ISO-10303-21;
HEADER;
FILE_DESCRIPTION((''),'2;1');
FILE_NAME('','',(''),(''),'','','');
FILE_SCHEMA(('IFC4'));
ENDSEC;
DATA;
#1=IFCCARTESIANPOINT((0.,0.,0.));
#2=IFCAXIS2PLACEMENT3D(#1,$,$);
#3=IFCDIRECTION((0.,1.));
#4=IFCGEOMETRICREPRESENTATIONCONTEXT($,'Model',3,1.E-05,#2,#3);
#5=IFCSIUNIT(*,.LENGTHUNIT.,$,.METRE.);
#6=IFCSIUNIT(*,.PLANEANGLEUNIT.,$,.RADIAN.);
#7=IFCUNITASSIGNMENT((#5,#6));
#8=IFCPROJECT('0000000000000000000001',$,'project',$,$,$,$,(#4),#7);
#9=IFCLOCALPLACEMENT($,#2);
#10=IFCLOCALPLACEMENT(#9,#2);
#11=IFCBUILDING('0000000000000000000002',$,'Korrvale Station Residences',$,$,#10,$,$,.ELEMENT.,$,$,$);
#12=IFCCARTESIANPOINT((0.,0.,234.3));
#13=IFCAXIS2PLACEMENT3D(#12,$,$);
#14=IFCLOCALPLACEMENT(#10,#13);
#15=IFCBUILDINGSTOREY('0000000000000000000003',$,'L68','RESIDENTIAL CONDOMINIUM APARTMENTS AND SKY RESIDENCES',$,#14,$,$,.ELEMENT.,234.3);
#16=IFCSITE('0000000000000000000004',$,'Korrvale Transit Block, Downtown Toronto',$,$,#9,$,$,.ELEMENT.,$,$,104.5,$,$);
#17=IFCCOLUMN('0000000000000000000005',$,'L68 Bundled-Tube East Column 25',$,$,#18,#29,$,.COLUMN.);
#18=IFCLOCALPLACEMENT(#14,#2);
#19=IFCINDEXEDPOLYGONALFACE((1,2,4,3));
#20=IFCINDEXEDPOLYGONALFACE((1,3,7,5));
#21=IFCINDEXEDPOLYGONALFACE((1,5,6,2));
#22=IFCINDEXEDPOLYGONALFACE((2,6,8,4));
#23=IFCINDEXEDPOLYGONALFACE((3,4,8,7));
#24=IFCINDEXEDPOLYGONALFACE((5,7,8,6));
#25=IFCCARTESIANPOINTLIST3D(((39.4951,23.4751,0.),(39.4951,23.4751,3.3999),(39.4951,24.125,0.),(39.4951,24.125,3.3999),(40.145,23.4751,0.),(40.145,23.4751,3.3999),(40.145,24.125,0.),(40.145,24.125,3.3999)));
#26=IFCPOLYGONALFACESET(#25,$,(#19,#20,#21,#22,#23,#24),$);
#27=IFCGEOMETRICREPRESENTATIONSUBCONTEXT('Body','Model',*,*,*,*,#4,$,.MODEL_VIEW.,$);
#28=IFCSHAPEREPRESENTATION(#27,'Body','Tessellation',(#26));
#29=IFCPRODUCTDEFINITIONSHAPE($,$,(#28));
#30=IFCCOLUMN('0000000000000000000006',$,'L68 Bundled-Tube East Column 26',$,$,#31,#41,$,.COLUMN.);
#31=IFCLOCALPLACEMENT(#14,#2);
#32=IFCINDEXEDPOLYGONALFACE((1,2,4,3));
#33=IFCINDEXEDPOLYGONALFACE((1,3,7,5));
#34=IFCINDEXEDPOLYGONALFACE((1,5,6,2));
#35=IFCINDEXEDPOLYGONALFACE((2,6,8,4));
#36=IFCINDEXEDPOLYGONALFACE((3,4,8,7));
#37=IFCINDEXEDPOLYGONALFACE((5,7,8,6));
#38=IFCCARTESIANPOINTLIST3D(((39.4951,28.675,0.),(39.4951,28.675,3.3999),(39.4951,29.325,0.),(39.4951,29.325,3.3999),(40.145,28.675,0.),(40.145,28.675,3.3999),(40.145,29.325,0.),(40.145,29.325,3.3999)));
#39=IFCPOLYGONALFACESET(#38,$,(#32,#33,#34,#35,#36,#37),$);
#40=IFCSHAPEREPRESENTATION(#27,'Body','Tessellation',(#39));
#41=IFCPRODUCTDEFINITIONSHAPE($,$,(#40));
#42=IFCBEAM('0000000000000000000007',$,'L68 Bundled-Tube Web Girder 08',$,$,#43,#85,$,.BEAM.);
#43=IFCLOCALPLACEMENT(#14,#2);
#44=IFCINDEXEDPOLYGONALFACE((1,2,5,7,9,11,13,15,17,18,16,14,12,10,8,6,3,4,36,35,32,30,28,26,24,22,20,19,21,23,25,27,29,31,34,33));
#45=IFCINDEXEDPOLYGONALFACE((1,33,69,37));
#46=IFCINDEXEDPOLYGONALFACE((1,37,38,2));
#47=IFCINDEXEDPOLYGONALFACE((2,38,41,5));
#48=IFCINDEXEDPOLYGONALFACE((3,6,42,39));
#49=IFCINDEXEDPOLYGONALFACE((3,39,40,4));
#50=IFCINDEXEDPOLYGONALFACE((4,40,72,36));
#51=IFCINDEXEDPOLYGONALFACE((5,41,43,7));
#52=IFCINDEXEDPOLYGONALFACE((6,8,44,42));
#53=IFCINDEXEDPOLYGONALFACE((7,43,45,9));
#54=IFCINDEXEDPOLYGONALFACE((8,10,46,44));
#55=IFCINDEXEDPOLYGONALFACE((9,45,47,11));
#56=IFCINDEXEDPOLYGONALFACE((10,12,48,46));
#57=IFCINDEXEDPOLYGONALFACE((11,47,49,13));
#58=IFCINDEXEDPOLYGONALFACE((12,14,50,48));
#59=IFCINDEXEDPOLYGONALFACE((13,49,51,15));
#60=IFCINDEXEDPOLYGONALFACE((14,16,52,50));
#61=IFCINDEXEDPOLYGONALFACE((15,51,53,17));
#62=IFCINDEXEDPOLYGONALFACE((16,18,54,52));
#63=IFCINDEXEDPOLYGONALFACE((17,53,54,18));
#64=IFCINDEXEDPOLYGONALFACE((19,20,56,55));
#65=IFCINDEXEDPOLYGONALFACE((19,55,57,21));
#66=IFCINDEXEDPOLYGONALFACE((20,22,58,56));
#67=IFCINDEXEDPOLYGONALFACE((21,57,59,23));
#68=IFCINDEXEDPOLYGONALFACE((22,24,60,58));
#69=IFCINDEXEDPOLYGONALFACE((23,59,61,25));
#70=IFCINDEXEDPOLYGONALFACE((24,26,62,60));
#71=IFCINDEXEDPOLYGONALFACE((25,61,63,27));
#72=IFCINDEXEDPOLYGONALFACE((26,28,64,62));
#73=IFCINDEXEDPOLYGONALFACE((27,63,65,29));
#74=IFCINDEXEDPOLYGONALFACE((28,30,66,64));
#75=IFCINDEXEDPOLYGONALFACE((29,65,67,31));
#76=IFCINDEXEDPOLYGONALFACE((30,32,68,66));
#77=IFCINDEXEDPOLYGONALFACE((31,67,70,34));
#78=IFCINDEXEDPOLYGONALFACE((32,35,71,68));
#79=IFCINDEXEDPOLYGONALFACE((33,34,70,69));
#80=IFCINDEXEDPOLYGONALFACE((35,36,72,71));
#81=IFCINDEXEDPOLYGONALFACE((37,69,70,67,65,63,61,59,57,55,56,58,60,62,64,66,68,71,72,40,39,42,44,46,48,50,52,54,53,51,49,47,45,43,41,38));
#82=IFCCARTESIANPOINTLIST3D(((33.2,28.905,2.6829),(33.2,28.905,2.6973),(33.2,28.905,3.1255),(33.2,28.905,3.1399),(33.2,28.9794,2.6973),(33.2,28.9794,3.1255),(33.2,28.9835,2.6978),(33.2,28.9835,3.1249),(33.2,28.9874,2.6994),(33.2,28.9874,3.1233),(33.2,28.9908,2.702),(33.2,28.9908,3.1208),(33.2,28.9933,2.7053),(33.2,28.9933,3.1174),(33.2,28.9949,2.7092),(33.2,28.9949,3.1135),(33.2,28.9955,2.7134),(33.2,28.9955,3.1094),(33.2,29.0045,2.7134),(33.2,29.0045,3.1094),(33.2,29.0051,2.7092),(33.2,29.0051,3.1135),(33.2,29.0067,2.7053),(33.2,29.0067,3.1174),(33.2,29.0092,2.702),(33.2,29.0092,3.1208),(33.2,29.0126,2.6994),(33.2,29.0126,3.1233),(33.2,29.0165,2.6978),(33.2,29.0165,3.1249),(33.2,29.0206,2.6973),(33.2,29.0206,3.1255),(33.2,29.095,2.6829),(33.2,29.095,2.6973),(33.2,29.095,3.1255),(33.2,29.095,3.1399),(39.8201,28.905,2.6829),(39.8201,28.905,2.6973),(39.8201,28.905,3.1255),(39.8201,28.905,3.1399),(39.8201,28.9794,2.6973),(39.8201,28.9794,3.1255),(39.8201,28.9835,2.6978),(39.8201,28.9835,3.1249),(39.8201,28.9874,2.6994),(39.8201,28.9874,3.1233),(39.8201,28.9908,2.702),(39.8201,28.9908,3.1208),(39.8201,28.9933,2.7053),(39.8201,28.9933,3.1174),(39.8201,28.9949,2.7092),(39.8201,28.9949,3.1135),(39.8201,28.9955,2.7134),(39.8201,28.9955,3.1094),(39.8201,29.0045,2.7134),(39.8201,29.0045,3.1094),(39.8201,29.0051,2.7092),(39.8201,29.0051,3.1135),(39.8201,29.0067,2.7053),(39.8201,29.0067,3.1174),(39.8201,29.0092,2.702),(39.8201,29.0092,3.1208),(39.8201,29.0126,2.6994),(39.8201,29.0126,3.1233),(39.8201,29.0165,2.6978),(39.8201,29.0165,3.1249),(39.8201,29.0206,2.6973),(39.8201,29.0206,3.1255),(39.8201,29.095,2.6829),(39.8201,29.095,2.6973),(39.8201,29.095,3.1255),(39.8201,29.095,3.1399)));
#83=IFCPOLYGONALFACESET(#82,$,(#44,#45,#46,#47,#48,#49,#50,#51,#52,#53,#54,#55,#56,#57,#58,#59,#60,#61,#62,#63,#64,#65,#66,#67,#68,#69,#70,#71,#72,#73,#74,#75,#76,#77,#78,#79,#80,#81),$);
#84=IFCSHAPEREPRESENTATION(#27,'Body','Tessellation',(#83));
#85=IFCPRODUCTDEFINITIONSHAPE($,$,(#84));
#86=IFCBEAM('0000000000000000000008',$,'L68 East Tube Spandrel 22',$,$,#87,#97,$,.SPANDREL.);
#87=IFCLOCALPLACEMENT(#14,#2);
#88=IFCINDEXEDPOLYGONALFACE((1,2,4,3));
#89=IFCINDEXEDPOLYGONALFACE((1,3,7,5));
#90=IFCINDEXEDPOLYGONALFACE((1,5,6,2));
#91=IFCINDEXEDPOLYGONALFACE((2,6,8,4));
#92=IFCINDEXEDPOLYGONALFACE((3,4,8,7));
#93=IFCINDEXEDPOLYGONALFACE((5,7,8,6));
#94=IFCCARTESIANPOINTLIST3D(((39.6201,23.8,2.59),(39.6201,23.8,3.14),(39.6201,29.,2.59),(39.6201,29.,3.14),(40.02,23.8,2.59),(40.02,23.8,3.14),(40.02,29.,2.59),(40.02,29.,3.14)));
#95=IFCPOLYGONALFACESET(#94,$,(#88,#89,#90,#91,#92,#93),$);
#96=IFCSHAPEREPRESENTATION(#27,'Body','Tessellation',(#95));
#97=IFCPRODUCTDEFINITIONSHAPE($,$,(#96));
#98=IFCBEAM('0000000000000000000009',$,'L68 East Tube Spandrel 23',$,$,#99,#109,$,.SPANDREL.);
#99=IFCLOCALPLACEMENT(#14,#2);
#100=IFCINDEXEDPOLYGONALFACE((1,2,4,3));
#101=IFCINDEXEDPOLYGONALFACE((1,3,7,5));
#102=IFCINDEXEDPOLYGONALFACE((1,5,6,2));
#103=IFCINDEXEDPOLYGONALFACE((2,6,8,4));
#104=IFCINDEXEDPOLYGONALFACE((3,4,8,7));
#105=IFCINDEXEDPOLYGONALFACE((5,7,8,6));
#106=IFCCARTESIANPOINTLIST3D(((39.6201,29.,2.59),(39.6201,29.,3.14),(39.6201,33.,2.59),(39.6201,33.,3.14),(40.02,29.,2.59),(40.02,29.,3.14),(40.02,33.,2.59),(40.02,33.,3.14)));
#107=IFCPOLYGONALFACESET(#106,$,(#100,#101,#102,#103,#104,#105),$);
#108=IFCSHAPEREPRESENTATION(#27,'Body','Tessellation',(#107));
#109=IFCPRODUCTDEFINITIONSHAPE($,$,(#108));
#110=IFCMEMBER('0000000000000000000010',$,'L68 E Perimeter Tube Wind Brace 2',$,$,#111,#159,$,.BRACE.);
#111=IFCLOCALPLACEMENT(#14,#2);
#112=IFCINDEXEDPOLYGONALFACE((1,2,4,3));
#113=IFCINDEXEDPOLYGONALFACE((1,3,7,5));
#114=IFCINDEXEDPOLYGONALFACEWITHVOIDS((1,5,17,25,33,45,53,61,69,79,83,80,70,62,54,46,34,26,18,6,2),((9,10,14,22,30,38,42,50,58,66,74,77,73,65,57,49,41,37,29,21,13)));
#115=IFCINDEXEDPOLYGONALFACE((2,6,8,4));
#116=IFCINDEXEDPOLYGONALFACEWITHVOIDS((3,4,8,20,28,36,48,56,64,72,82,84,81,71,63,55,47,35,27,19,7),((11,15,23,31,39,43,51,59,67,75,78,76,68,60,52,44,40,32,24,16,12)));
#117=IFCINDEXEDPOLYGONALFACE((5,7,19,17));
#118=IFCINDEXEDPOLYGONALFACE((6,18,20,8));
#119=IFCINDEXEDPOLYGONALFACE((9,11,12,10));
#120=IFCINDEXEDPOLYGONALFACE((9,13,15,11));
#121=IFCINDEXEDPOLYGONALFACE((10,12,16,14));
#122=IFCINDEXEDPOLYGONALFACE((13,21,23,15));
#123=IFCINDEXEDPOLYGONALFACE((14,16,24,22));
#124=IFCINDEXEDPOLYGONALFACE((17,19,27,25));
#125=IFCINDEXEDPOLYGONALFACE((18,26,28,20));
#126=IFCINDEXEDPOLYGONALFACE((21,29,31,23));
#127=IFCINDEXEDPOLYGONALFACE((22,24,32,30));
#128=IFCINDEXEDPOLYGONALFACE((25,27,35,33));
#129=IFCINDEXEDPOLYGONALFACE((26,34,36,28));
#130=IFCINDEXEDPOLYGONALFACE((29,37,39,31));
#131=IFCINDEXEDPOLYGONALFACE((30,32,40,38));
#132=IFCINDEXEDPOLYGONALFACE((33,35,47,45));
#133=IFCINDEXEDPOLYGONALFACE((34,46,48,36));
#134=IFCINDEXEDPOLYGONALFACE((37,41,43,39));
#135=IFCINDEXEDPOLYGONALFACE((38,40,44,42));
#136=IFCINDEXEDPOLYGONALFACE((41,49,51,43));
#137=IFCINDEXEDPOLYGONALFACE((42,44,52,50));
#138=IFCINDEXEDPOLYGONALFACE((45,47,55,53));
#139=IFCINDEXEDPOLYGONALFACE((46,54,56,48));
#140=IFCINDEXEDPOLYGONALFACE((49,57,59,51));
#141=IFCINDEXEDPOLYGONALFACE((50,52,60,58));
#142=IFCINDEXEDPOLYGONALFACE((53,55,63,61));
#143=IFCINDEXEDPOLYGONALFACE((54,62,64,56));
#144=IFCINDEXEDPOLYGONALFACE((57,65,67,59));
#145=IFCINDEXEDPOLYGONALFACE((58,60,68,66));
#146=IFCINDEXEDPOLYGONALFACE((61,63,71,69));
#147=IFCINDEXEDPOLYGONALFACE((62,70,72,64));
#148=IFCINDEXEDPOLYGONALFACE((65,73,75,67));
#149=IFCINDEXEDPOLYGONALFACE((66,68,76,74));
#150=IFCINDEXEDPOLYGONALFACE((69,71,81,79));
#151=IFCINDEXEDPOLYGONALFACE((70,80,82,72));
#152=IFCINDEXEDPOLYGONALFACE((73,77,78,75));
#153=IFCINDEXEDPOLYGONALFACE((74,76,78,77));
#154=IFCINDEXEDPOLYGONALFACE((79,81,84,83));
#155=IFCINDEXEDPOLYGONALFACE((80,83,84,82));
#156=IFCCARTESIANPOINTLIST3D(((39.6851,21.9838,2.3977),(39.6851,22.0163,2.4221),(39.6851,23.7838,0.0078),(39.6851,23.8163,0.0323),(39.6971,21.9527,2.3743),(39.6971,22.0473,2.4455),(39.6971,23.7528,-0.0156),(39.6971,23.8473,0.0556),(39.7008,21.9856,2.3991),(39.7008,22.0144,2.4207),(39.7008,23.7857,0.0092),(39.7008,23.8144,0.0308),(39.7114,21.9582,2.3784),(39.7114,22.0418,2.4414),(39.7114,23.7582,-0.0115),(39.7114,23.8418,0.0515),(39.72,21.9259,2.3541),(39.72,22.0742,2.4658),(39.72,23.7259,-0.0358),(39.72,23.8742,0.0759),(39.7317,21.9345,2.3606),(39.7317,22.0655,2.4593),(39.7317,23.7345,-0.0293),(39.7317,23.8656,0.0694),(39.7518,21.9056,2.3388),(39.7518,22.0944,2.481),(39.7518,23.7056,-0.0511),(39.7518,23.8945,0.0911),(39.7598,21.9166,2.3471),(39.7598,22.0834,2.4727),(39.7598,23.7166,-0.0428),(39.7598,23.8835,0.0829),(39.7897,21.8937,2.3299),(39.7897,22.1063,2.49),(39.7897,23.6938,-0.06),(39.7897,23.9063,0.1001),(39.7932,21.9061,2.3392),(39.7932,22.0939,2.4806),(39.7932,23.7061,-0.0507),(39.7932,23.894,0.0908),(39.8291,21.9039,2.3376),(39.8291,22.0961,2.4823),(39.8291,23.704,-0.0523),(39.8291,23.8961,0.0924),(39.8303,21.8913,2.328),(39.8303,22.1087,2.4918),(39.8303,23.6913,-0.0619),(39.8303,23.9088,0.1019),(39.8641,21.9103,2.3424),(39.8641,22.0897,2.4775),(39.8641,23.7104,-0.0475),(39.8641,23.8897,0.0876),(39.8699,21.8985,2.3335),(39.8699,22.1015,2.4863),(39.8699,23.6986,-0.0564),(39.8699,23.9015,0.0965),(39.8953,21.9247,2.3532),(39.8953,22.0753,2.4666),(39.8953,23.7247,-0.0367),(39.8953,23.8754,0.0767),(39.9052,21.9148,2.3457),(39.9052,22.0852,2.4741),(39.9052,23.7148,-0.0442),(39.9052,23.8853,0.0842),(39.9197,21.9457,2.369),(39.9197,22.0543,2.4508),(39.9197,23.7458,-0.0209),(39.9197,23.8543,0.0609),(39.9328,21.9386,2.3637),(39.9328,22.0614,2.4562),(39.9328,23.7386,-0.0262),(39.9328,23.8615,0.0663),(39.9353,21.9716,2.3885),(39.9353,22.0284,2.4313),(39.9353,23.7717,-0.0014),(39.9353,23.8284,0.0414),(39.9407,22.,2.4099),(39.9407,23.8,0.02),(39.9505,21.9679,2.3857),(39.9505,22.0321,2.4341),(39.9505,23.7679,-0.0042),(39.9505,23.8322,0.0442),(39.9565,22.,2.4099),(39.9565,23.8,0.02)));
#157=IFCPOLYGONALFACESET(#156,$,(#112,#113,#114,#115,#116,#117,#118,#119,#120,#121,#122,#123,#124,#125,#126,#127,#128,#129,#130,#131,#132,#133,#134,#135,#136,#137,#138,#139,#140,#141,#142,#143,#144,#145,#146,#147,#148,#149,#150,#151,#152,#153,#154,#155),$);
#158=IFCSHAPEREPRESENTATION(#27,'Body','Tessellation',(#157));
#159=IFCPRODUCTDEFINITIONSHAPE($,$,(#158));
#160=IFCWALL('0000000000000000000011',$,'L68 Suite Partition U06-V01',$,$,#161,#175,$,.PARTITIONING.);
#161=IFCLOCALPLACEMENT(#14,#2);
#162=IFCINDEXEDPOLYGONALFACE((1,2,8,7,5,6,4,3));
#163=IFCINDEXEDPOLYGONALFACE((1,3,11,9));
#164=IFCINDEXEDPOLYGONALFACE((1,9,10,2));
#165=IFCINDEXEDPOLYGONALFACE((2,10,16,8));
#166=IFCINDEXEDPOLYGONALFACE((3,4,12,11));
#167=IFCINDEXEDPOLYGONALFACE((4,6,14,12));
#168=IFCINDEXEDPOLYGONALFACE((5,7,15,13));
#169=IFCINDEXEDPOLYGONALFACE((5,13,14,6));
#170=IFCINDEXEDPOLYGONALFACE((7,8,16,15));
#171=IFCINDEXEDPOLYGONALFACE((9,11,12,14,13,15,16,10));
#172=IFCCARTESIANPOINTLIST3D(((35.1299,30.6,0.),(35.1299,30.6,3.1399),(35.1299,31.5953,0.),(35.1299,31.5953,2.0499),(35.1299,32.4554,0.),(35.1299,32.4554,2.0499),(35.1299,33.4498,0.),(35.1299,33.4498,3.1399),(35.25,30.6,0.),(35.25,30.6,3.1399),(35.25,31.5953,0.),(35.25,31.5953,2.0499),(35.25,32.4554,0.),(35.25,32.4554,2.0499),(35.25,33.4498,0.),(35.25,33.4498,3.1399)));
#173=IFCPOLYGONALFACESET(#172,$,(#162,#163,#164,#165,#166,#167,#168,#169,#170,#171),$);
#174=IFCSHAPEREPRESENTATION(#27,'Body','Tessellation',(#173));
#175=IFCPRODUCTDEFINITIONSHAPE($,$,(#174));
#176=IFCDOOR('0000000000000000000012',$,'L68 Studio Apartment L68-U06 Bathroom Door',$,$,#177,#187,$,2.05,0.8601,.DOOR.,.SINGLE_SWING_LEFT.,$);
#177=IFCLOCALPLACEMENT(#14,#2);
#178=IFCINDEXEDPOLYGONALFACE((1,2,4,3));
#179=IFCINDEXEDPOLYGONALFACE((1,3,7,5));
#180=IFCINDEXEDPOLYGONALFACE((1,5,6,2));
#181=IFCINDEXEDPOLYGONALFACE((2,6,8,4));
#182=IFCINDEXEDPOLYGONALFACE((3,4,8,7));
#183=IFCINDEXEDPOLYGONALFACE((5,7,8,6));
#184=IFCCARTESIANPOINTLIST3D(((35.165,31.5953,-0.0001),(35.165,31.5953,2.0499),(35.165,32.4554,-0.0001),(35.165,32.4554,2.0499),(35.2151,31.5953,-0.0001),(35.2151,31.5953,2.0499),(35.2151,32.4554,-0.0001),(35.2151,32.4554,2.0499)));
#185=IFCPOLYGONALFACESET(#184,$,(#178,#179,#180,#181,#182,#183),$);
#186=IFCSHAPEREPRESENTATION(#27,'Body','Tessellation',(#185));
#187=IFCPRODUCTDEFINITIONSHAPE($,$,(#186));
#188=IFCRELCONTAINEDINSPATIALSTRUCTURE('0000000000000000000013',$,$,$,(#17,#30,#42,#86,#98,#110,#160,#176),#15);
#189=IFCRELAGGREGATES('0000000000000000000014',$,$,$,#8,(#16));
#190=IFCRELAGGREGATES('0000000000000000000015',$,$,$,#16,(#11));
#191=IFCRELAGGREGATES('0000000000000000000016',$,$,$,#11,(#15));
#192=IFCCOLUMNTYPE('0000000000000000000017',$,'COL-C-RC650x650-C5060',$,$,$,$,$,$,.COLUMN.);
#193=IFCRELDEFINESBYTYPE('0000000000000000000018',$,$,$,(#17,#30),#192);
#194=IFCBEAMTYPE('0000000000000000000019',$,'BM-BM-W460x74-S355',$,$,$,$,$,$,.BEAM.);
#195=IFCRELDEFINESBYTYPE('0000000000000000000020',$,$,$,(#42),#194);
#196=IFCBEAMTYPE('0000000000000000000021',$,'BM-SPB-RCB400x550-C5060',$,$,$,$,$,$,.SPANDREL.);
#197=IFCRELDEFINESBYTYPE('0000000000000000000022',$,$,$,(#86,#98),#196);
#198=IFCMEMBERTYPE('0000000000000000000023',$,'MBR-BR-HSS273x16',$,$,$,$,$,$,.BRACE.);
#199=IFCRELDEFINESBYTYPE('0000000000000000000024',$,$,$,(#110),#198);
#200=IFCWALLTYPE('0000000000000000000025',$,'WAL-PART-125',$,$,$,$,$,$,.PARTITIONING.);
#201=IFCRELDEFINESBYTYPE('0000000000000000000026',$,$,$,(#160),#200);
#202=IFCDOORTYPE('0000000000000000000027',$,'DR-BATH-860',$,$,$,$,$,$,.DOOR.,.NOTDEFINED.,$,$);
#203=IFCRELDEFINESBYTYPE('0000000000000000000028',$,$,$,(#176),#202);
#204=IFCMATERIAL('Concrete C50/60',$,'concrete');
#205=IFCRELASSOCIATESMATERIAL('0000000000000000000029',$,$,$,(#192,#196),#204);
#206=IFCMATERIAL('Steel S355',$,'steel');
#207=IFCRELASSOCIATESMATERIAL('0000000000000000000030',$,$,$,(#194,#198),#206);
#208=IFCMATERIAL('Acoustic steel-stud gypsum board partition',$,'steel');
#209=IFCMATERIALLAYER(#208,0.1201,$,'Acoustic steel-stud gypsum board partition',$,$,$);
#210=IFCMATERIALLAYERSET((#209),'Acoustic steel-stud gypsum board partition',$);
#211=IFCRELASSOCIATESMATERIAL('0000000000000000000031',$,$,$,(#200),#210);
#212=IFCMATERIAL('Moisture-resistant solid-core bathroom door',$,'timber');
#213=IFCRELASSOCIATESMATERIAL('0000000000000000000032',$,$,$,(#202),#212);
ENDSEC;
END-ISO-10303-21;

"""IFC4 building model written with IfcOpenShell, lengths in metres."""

from ifc_helpers import new_model, si_unit, direction, frame, frame_2d, origin, origin_2d, place, context, subcontext, project, spatial, rectangle, hollow_circle, i_section, extrude, material, layer, layer_set, material_profile, profile_set, type_object, element, fill, save


model = new_model("IFC4")

# Units and contexts
model_context = context("Model", 3, precision=1e-05, world=origin(), true_north=direction((0.0, 1.0)))
body_context = subcontext(model_context, "Body", "Model", "MODEL_VIEW")
ifc_project = project(units=[si_unit("LENGTHUNIT", "METRE"), si_unit("PLANEANGLEUNIT", "RADIAN")], contexts=[model_context])

# Site, building, storey
site_placement = place(None, origin())
site = spatial("IfcSite", under=ifc_project, at=site_placement, Name="Korrvale Transit Block, Downtown Toronto", CompositionType="ELEMENT", RefElevation=104.5)
building_placement = place(site_placement, origin())
building = spatial("IfcBuilding", under=site, at=building_placement, Name="Korrvale Station Residences", CompositionType="ELEMENT")
storey_placement = place(building_placement, frame((0.0, 0.0, 234.3)))
storey = spatial("IfcBuildingStorey", under=building, at=storey_placement, Name="L68", Description="RESIDENTIAL CONDOMINIUM APARTMENTS AND SKY RESIDENCES", CompositionType="ELEMENT", Elevation=234.3)

# Columns
ifc_material_1 = material(Name="Concrete C50/60", Category="concrete")
ifc_material_profile_1 = material_profile(ifc_material_1, rectangle(XDim=0.6499, YDim=0.6499, at=origin_2d()), Name="RC650x650")
ifc_profile_set_1 = profile_set([ifc_material_profile_1], Name="Concrete C50/60")
column_type = type_object("IfcColumnType", Name="COL-C-RC650x650-C5060", PredefinedType="COLUMN", material=ifc_profile_set_1)
for number, where, z_axis, x_axis, name in (
    (1, (39.8201, 23.8, 0.0), (0.0, 0.0, 1.0), (1.0, 0.0, 0.0), "L68 Bundled-Tube East Column 25"),
    (2, (39.8201, 29.0, 0.0), (0.0, 0.0, 1.0), (1.0, 0.0, 0.0), "L68 Bundled-Tube East Column 26"),
):
    element("IfcColumn", number, at=place(storey_placement, frame(where, z_axis=z_axis, x_axis=x_axis)), inside=storey, type_object=column_type, Name=name, PredefinedType="COLUMN", context=body_context, shape_type="SweptSolid", body=[
        extrude(rectangle(XDim=0.6499, YDim=0.6499, at=origin_2d()), origin(), (0.0, 0.0, 1.0), 3.3999),
    ])

# Beams
ifc_material_2 = material(Name="Steel S355", Category="steel")
ifc_material_profile_2 = material_profile(ifc_material_2, i_section(OverallWidth=0.1899, OverallDepth=0.457, WebThickness=0.009, FlangeThickness=0.0144, FilletRadius=0.0161, at=origin_2d()), Name="W460x74")
ifc_profile_set_2 = profile_set([ifc_material_profile_2], Name="Steel S355")
beam_type_1 = type_object("IfcBeamType", Name="BM-BM-W460x74-S355", PredefinedType="BEAM", material=ifc_profile_set_2)
beam_1_placement = place(storey_placement, frame((33.2, 29.0, 2.9114), z_axis=(1.0, 0.0, 0.0), x_axis=(0.0, 1.0, 0.0)))
element("IfcBeam", 3, at=beam_1_placement, inside=storey, type_object=beam_type_1, Name="L68 Bundled-Tube Web Girder 08", PredefinedType="BEAM", context=body_context, shape_type="SweptSolid", body=[
    extrude(i_section(OverallWidth=0.1899, OverallDepth=0.457, WebThickness=0.009, FlangeThickness=0.0144, FilletRadius=0.0161, at=origin_2d()), origin(), (0.0, 0.0, 1.0), 6.6201),
])
ifc_material_profile_3 = material_profile(ifc_material_1, rectangle(XDim=0.3999, YDim=0.55, at=origin_2d()), Name="RCB400x550")
ifc_profile_set_3 = profile_set([ifc_material_profile_3], Name="Concrete C50/60")
beam_type_2 = type_object("IfcBeamType", Name="BM-SPB-RCB400x550-C5060", PredefinedType="SPANDREL", material=ifc_profile_set_3)
beam_2_placement = place(storey_placement, frame((39.8201, 23.8, 2.865), z_axis=(0.0, 1.0, 0.0), x_axis=(-1.0, 0.0, 0.0)))
element("IfcBeam", 4, at=beam_2_placement, inside=storey, type_object=beam_type_2, Name="L68 East Tube Spandrel 22", PredefinedType="SPANDREL", context=body_context, shape_type="SweptSolid", body=[
    extrude(rectangle(XDim=0.3999, YDim=0.55, at=origin_2d()), origin(), (0.0, 0.0, 1.0), 5.2),
])
beam_3_placement = place(storey_placement, frame((39.8201, 29.0, 2.865), z_axis=(0.0, 1.0, 0.0), x_axis=(-1.0, 0.0, 0.0)))
element("IfcBeam", 5, at=beam_3_placement, inside=storey, type_object=beam_type_2, Name="L68 East Tube Spandrel 23", PredefinedType="SPANDREL", context=body_context, shape_type="SweptSolid", body=[
    extrude(rectangle(XDim=0.3999, YDim=0.55, at=origin_2d()), origin(), (0.0, 0.0, 1.0), 4.0),
])

# Member
ifc_material_profile_4 = material_profile(ifc_material_2, hollow_circle(Radius=0.1365, WallThickness=0.0159, at=origin_2d()), Name="HSS273x16")
ifc_profile_set_4 = profile_set([ifc_material_profile_4], Name="Steel S355")
member_type = type_object("IfcMemberType", Name="MBR-BR-HSS273x16", PredefinedType="BRACE", material=ifc_profile_set_4)
member_placement = place(storey_placement, frame((39.8201, 23.8, 0.02), z_axis=(0.0, -0.601631, 0.798774), x_axis=(1.0, 0.0, 0.0)))
element("IfcMember", 6, at=member_placement, inside=storey, type_object=member_type, Name="L68 E Perimeter Tube Wind Brace 2", PredefinedType="BRACE", context=body_context, shape_type="SweptSolid", body=[
    extrude(hollow_circle(Radius=0.1365, WallThickness=0.0159, at=origin_2d()), origin(), (0.0, 0.0, 1.0), 2.9919),
])

# Wall, opening, door
ifc_material_3 = material(Name="Acoustic steel-stud gypsum board partition", Category="steel")
ifc_layer_1 = layer(ifc_material_3, 0.1201, Name="Acoustic steel-stud gypsum board partition")
ifc_layer_set_1 = layer_set([ifc_layer_1], Name="Acoustic steel-stud gypsum board partition")
wall_type_1 = type_object("IfcWallType", Name="WAL-PART-125", PredefinedType="PARTITIONING", material=ifc_layer_set_1)
wall_1_placement = place(storey_placement, frame((35.1899, 30.6001, 0.0), z_axis=(0.0, 0.0, 1.0), x_axis=(0.0, 1.0, 0.0)))
wall_1 = element("IfcWall", 7, at=wall_1_placement, inside=storey, type_object=wall_type_1, Name="L68 Suite Partition U06-V01", PredefinedType="PARTITIONING", context=body_context, shape_type="SweptSolid", body=[
    extrude(rectangle(XDim=2.8499, YDim=0.1201, at=frame_2d((1.4248, 0.0))), origin(), (0.0, 0.0, 1.0), 3.1399),
])
opening_1_placement = place(wall_1_placement, frame((0.9951, 0.0, 0.0)))
opening_1 = element("IfcOpeningElement", 8, at=opening_1_placement, cuts=wall_1, PredefinedType="OPENING", context=body_context, shape_type="SweptSolid", body=[
    extrude(rectangle(XDim=0.8601, YDim=2.05, at=frame_2d((0.4302, 1.0249))), frame((0.0, 0.0701, 0.0), z_axis=(0.0, -1.0, 0.0), x_axis=(1.0, 0.0, 0.0)), (0.0, 0.0, 1.0), 0.1401),
])
ifc_material_4 = material(Name="Moisture-resistant solid-core bathroom door", Category="timber")
door_type_1 = type_object("IfcDoorType", Name="DR-BATH-860", OperationType="NOTDEFINED", PredefinedType="DOOR", material=ifc_material_4)
door_1_placement = place(opening_1_placement, origin())
door_1 = element("IfcDoor", 9, at=door_1_placement, inside=storey, type_object=door_type_1, Name="L68 Studio Apartment L68-U06 Bathroom Door", OperationType="SINGLE_SWING_LEFT", OverallHeight=2.05, OverallWidth=0.8601, PredefinedType="DOOR", context=body_context, shape_type="SweptSolid", body=[
    extrude(rectangle(XDim=0.8601, YDim=2.05, at=frame_2d((0.4302, 1.0249))), frame((0.0, 0.0249, 0.0), z_axis=(0.0, -1.0, 0.0), x_axis=(1.0, 0.0, 0.0)), (0.0, 0.0, 1.0), 0.05),
])
fill(opening_1, door_1)

save(model, "model.ifc")
